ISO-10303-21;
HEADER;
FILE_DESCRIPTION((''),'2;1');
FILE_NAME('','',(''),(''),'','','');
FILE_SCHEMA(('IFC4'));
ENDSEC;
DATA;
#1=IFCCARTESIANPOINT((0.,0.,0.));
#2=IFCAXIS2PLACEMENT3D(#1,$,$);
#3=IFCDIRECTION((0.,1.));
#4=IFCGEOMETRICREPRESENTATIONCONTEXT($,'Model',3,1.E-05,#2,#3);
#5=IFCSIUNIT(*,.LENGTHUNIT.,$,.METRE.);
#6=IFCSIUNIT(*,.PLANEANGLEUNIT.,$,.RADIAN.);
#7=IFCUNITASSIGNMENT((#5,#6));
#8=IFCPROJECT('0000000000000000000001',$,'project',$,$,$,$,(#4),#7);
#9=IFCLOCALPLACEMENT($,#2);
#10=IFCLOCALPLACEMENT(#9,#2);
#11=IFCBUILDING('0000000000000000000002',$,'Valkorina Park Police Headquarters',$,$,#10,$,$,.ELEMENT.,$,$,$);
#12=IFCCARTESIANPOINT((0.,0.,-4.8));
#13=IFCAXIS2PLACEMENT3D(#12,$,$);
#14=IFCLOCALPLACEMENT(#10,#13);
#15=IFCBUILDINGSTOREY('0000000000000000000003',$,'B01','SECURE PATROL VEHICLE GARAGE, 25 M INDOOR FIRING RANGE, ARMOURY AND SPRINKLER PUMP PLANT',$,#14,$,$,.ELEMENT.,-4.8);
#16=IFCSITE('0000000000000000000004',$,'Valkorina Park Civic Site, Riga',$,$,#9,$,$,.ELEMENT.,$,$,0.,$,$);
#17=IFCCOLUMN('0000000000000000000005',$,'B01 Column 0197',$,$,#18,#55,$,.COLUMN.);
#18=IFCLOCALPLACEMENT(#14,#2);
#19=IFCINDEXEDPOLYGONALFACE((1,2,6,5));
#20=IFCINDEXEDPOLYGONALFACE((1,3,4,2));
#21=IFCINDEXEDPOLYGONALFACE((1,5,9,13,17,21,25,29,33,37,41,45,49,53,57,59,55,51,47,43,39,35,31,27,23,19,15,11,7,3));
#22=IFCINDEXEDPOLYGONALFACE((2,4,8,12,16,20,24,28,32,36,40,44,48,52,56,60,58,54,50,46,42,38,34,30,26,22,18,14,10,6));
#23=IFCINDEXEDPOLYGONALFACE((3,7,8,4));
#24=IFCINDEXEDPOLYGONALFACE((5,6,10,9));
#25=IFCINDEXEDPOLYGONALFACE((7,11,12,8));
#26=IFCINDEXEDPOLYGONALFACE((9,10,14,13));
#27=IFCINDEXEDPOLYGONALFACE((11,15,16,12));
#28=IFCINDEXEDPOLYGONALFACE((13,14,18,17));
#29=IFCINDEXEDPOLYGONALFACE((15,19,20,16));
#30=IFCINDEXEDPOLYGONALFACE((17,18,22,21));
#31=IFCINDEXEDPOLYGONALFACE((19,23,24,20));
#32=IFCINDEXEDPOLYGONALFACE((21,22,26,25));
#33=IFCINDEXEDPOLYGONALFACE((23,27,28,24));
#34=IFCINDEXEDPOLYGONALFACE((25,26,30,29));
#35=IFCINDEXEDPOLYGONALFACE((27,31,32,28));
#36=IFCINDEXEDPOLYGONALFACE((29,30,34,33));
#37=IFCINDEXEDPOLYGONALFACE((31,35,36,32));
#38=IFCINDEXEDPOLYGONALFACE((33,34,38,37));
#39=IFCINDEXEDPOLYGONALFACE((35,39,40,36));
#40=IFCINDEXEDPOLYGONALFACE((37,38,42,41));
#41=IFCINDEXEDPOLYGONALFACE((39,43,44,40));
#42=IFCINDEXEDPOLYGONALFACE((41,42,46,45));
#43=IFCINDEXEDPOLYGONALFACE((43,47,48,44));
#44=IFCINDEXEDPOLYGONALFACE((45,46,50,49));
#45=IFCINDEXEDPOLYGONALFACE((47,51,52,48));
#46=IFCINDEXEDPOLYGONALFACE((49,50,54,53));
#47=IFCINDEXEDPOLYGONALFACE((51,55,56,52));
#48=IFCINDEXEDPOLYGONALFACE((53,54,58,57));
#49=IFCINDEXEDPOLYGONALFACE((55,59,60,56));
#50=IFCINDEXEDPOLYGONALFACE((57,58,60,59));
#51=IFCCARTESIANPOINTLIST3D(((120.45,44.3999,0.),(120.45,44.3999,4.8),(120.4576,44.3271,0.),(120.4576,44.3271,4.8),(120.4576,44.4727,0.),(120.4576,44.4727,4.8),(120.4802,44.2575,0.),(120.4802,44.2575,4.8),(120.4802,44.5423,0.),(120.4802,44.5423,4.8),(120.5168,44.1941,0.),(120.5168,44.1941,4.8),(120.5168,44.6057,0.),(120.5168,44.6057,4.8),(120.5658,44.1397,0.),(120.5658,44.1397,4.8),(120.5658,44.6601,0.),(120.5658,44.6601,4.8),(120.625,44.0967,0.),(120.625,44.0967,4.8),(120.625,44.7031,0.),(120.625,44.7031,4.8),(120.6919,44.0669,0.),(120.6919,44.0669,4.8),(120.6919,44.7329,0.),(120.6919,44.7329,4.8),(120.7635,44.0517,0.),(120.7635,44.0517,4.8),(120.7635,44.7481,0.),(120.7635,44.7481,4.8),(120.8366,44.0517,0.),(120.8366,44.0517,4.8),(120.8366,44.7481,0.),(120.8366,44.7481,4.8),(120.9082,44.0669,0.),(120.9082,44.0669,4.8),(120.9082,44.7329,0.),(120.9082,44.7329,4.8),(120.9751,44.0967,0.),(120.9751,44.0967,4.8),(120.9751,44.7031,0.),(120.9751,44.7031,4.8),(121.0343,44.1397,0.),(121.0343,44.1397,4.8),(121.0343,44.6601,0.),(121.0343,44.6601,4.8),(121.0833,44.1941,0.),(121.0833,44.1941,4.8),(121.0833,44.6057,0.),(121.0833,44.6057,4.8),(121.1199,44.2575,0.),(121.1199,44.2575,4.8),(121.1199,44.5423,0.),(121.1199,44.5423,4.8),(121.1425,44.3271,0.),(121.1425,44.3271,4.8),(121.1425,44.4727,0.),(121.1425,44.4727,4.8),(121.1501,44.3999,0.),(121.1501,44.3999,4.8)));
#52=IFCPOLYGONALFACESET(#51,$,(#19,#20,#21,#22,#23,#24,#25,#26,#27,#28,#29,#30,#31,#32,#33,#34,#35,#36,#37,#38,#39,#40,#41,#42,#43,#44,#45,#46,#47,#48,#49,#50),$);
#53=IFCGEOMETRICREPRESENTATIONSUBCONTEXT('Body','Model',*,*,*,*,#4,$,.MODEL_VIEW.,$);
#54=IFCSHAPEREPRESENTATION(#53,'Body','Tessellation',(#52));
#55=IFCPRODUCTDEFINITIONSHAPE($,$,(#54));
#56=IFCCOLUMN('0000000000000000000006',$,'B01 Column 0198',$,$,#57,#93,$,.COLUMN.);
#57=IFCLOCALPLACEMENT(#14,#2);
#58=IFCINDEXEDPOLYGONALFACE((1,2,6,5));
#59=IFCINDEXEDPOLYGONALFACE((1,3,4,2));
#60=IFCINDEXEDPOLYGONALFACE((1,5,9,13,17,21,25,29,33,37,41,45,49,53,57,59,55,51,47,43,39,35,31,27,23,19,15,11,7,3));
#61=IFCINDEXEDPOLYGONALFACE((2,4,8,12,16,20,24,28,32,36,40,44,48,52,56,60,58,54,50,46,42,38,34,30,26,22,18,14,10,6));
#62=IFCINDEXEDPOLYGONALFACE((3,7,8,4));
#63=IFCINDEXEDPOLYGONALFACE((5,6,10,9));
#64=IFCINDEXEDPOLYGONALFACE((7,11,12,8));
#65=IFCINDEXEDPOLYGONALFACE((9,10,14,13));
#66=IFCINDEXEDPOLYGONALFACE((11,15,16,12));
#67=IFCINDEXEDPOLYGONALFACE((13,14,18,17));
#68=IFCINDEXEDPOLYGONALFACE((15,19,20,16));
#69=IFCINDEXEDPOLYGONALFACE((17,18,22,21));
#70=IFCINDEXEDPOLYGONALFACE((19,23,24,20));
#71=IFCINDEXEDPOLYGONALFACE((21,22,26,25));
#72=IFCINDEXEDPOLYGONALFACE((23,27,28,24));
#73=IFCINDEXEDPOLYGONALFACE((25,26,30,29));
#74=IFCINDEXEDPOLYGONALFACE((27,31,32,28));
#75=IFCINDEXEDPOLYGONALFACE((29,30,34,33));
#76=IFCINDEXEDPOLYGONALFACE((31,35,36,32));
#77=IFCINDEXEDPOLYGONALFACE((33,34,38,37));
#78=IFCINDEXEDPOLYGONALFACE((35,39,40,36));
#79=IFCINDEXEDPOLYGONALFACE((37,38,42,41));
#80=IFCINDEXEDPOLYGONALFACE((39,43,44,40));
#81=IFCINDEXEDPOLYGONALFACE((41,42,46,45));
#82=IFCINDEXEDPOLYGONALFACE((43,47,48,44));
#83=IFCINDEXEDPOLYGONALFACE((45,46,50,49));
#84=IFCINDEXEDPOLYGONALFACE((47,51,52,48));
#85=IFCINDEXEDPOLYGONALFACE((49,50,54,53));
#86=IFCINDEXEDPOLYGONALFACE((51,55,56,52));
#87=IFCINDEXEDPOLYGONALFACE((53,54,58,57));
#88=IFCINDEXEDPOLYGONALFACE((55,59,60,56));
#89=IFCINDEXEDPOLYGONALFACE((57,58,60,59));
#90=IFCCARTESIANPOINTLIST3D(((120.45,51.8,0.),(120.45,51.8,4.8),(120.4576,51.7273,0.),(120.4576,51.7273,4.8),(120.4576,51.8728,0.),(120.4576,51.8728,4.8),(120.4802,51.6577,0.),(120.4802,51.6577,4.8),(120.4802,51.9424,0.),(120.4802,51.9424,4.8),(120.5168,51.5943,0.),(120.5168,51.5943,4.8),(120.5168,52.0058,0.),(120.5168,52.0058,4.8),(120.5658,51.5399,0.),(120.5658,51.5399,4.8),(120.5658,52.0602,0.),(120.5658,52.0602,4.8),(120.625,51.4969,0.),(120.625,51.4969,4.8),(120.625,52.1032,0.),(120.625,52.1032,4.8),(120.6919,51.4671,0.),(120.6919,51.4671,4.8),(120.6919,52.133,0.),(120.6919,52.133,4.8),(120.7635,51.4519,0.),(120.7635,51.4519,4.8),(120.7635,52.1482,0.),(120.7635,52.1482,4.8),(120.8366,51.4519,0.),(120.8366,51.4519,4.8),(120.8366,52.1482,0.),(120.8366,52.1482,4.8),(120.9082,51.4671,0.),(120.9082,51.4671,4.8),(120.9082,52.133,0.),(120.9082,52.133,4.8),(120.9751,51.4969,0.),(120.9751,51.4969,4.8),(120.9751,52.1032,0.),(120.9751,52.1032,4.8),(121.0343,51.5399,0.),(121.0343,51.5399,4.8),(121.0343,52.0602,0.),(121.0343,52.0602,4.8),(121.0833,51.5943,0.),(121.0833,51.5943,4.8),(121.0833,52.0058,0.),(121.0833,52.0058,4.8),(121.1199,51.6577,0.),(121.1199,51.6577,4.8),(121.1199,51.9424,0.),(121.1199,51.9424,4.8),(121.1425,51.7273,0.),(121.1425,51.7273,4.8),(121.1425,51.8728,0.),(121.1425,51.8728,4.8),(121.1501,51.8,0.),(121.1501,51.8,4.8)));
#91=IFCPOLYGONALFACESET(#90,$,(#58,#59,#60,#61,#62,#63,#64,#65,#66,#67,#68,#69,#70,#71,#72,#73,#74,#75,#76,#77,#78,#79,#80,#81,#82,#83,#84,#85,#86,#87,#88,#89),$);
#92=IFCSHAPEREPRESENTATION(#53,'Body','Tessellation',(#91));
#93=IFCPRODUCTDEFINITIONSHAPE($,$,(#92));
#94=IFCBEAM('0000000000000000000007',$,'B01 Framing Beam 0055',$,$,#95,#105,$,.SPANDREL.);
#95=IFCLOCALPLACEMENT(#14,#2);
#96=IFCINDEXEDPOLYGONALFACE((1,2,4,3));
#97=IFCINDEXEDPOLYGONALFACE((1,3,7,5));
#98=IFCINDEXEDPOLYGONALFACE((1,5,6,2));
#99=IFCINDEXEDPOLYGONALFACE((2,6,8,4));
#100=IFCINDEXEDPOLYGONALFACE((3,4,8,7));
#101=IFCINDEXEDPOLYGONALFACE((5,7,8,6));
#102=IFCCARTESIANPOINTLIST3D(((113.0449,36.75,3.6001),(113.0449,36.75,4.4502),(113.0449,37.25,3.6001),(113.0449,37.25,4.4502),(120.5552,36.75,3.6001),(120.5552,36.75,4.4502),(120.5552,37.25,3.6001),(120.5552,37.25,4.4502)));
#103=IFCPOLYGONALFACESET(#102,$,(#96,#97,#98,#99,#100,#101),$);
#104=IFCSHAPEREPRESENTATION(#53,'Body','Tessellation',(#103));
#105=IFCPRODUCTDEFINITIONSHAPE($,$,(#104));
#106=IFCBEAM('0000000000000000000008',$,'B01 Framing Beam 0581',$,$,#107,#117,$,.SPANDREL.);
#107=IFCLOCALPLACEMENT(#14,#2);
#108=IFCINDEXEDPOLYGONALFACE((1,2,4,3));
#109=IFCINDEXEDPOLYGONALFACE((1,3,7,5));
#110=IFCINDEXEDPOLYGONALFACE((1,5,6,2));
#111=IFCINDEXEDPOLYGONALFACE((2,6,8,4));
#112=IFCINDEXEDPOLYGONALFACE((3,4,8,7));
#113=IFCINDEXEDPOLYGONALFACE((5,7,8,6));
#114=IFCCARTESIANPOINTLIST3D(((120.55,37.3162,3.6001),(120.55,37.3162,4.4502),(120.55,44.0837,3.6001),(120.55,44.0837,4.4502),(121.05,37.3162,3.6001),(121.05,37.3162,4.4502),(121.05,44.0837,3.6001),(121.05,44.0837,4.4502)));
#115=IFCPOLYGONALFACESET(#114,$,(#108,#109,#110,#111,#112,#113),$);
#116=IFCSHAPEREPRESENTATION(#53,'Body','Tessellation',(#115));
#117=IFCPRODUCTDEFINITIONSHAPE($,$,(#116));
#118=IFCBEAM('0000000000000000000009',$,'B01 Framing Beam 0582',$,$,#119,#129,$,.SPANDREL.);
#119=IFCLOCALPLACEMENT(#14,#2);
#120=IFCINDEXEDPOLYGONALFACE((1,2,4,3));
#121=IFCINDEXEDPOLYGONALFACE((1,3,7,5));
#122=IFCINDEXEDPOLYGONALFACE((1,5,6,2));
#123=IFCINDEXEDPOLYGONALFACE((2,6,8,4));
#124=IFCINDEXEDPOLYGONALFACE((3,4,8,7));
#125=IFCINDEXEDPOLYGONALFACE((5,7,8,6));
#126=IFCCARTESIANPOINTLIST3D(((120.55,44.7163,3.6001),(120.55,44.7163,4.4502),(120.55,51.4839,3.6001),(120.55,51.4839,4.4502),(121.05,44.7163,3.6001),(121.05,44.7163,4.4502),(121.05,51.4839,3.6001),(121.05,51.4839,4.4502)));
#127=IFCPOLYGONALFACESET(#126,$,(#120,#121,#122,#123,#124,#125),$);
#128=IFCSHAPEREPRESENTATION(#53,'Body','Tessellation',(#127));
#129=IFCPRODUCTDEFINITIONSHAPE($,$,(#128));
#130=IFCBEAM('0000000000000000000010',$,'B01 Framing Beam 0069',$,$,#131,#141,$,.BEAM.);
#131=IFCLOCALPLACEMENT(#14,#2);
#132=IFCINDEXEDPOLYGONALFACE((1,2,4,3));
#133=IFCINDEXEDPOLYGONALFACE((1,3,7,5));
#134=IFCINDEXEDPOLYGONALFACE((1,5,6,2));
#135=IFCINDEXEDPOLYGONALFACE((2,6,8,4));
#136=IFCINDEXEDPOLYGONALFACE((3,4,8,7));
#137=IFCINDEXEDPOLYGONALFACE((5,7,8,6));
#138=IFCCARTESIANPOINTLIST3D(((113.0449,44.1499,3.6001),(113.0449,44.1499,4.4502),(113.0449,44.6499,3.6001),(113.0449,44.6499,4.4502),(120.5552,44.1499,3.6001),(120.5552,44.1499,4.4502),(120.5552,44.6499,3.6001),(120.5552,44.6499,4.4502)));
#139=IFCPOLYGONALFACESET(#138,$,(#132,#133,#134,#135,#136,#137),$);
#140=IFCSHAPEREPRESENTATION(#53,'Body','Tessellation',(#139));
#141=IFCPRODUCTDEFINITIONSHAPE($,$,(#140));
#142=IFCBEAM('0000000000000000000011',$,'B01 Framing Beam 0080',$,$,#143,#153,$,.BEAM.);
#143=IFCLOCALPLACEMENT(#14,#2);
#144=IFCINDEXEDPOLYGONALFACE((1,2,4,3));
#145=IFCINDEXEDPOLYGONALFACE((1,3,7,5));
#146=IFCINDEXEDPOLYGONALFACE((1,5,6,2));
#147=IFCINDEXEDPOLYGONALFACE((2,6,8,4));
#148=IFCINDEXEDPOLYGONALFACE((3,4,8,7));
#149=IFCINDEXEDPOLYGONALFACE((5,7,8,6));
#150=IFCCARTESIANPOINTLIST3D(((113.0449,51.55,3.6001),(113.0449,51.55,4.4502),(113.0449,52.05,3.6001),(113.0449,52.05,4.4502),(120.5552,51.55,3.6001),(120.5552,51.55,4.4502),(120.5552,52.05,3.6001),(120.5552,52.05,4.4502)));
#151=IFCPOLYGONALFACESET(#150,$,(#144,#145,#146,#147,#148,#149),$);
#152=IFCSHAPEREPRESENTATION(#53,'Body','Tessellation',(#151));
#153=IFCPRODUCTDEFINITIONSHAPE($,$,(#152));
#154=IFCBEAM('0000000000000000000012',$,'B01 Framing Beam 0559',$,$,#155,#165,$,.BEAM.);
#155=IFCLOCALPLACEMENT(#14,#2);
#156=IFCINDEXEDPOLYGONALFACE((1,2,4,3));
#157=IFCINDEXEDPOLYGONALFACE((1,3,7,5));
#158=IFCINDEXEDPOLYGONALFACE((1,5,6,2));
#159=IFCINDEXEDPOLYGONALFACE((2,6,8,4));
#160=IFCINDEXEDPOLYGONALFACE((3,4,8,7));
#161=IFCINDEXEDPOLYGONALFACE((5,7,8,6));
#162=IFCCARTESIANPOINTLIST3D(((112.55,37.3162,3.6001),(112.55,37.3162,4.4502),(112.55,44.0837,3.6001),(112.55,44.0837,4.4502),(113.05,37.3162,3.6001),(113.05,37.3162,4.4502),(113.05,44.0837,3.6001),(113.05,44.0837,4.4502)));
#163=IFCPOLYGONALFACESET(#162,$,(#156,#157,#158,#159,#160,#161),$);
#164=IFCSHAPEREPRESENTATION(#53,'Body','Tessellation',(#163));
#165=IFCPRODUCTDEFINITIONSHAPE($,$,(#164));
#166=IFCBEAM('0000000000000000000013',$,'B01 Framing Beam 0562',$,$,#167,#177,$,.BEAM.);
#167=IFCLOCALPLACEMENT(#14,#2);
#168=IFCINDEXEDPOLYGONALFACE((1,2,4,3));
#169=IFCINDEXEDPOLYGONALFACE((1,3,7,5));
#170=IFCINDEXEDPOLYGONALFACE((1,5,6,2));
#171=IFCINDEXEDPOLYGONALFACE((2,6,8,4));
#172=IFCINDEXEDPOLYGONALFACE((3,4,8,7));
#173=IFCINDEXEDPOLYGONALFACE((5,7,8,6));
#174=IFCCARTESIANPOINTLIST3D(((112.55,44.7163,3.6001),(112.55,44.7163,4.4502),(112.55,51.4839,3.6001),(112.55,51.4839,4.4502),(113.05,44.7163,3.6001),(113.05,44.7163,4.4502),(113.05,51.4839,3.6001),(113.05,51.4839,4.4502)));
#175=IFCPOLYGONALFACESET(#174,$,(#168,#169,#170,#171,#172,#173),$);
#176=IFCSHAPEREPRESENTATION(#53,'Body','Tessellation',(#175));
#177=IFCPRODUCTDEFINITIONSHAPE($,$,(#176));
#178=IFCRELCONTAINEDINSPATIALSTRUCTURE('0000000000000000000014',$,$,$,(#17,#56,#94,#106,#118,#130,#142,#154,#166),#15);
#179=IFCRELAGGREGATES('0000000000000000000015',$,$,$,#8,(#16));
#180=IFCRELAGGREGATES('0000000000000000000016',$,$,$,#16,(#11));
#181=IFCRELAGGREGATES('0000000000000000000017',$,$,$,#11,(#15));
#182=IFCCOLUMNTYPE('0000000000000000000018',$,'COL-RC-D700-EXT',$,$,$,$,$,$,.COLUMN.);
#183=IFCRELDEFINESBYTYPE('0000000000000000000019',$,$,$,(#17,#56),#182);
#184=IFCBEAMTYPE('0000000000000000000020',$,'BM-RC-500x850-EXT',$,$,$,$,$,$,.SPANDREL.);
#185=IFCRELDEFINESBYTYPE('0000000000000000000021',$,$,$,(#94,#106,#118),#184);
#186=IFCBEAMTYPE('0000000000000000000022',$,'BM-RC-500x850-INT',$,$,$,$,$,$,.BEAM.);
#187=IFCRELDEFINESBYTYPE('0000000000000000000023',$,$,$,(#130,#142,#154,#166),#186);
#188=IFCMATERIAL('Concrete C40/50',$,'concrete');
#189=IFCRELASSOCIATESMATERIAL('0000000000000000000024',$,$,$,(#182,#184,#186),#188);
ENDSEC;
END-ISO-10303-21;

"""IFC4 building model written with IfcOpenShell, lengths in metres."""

from ifc_helpers import new_model, si_unit, direction, frame, origin, origin_2d, place, context, subcontext, project, spatial, rectangle, circle, extrude, material, material_profile, profile_set, type_object, element, save


model = new_model("IFC4")

# Units and contexts
model_context = context("Model", 3, precision=1e-05, world=origin(), true_north=direction((0.0, 1.0)))
body_context = subcontext(model_context, "Body", "Model", "MODEL_VIEW")
ifc_project = project(units=[si_unit("LENGTHUNIT", "METRE"), si_unit("PLANEANGLEUNIT", "RADIAN")], contexts=[model_context])

# Site, building, storey
site_placement = place(None, origin())
site = spatial("IfcSite", under=ifc_project, at=site_placement, Name="Valkorina Park Civic Site, Riga", CompositionType="ELEMENT", RefElevation=0.0)
building_placement = place(site_placement, origin())
building = spatial("IfcBuilding", under=site, at=building_placement, Name="Valkorina Park Police Headquarters", CompositionType="ELEMENT")
storey_placement = place(building_placement, frame((0.0, 0.0, -4.8)))
storey = spatial("IfcBuildingStorey", under=building, at=storey_placement, Name="B01", Description="SECURE PATROL VEHICLE GARAGE, 25 M INDOOR FIRING RANGE, ARMOURY AND SPRINKLER PUMP PLANT", CompositionType="ELEMENT", Elevation=-4.8)

# Shared definitions
ifc_material_1 = material(Name="Concrete C40/50", Category="concrete")

# Columns
ifc_material_profile_1 = material_profile(ifc_material_1, circle(Radius=0.3501, at=origin_2d()), Name="RC COL D700")
ifc_profile_set_1 = profile_set([ifc_material_profile_1], Name="Concrete C40/50")
column_type = type_object("IfcColumnType", Name="COL-RC-D700-EXT", PredefinedType="COLUMN", material=ifc_profile_set_1)
for number, where, z_axis, x_axis, name in (
    (1, (120.8, 44.3999, 0.0), (0.0, 0.0, 1.0), (1.0, 0.0, 0.0), "B01 Column 0197"),
    (2, (120.8, 51.8, 0.0), (0.0, 0.0, 1.0), (1.0, 0.0, 0.0), "B01 Column 0198"),
):
    element("IfcColumn", number, at=place(storey_placement, frame(where, z_axis=z_axis, x_axis=x_axis)), inside=storey, type_object=column_type, Name=name, PredefinedType="COLUMN", context=body_context, shape_type="SweptSolid", body=[
        extrude(circle(Radius=0.3501, at=origin_2d()), origin(), (0.0, 0.0, 1.0), 4.8),
    ])

# Beams
ifc_material_profile_2 = material_profile(ifc_material_1, rectangle(XDim=0.5, YDim=0.8501, at=origin_2d()), Name="RC BEAM 500x850")
ifc_profile_set_2 = profile_set([ifc_material_profile_2], Name="Concrete C40/50")
beam_type_1 = type_object("IfcBeamType", Name="BM-RC-500x850-EXT", PredefinedType="SPANDREL", material=ifc_profile_set_2)
beam_placement = place(storey_placement, frame((113.0449, 37.0, 4.0251), z_axis=(1.0, 0.0, 0.0), x_axis=(0.0, 1.0, 0.0)))
element("IfcBeam", 3, at=beam_placement, inside=storey, type_object=beam_type_1, Name="B01 Framing Beam 0055", PredefinedType="SPANDREL", context=body_context, shape_type="SweptSolid", body=[
    extrude(rectangle(XDim=0.5, YDim=0.8501, at=origin_2d()), origin(), (0.0, 0.0, 1.0), 7.5103),
])
for number, where, z_axis, x_axis, name in (
    (4, (120.8, 37.3162, 4.0251), (0.0, 1.0, 0.0), (-1.0, 0.0, 0.0), "B01 Framing Beam 0581"),
    (5, (120.8, 44.7163, 4.0251), (0.0, 1.0, 0.0), (-1.0, 0.0, 0.0), "B01 Framing Beam 0582"),
):
    element("IfcBeam", number, at=place(storey_placement, frame(where, z_axis=z_axis, x_axis=x_axis)), inside=storey, type_object=beam_type_1, Name=name, PredefinedType="SPANDREL", context=body_context, shape_type="SweptSolid", body=[
        extrude(rectangle(XDim=0.5, YDim=0.8501, at=origin_2d()), origin(), (0.0, 0.0, 1.0), 6.7676),
    ])
ifc_material_profile_3 = material_profile(ifc_material_1, rectangle(XDim=0.5, YDim=0.8501, at=origin_2d()), Name="RC BEAM 500x850")
ifc_profile_set_3 = profile_set([ifc_material_profile_3], Name="Concrete C40/50")
beam_type_2 = type_object("IfcBeamType", Name="BM-RC-500x850-INT", PredefinedType="BEAM", material=ifc_profile_set_3)
for number, where, z_axis, x_axis, name in (
    (6, (113.0449, 44.3999, 4.0251), (1.0, 0.0, 0.0), (0.0, 1.0, 0.0), "B01 Framing Beam 0069"),
    (7, (113.0449, 51.8, 4.0251), (1.0, 0.0, 0.0), (0.0, 1.0, 0.0), "B01 Framing Beam 0080"),
):
    element("IfcBeam", number, at=place(storey_placement, frame(where, z_axis=z_axis, x_axis=x_axis)), inside=storey, type_object=beam_type_2, Name=name, PredefinedType="BEAM", context=body_context, shape_type="SweptSolid", body=[
        extrude(rectangle(XDim=0.5, YDim=0.8501, at=origin_2d()), origin(), (0.0, 0.0, 1.0), 7.5103),
    ])
for number, where, z_axis, x_axis, name in (
    (8, (112.8, 37.3162, 4.0251), (0.0, 1.0, 0.0), (-1.0, 0.0, 0.0), "B01 Framing Beam 0559"),
    (9, (112.8, 44.7163, 4.0251), (0.0, 1.0, 0.0), (-1.0, 0.0, 0.0), "B01 Framing Beam 0562"),
):
    element("IfcBeam", number, at=place(storey_placement, frame(where, z_axis=z_axis, x_axis=x_axis)), inside=storey, type_object=beam_type_2, Name=name, PredefinedType="BEAM", context=body_context, shape_type="SweptSolid", body=[
        extrude(rectangle(XDim=0.5, YDim=0.8501, at=origin_2d()), origin(), (0.0, 0.0, 1.0), 6.7676),
    ])

save(model, "model.ifc")
